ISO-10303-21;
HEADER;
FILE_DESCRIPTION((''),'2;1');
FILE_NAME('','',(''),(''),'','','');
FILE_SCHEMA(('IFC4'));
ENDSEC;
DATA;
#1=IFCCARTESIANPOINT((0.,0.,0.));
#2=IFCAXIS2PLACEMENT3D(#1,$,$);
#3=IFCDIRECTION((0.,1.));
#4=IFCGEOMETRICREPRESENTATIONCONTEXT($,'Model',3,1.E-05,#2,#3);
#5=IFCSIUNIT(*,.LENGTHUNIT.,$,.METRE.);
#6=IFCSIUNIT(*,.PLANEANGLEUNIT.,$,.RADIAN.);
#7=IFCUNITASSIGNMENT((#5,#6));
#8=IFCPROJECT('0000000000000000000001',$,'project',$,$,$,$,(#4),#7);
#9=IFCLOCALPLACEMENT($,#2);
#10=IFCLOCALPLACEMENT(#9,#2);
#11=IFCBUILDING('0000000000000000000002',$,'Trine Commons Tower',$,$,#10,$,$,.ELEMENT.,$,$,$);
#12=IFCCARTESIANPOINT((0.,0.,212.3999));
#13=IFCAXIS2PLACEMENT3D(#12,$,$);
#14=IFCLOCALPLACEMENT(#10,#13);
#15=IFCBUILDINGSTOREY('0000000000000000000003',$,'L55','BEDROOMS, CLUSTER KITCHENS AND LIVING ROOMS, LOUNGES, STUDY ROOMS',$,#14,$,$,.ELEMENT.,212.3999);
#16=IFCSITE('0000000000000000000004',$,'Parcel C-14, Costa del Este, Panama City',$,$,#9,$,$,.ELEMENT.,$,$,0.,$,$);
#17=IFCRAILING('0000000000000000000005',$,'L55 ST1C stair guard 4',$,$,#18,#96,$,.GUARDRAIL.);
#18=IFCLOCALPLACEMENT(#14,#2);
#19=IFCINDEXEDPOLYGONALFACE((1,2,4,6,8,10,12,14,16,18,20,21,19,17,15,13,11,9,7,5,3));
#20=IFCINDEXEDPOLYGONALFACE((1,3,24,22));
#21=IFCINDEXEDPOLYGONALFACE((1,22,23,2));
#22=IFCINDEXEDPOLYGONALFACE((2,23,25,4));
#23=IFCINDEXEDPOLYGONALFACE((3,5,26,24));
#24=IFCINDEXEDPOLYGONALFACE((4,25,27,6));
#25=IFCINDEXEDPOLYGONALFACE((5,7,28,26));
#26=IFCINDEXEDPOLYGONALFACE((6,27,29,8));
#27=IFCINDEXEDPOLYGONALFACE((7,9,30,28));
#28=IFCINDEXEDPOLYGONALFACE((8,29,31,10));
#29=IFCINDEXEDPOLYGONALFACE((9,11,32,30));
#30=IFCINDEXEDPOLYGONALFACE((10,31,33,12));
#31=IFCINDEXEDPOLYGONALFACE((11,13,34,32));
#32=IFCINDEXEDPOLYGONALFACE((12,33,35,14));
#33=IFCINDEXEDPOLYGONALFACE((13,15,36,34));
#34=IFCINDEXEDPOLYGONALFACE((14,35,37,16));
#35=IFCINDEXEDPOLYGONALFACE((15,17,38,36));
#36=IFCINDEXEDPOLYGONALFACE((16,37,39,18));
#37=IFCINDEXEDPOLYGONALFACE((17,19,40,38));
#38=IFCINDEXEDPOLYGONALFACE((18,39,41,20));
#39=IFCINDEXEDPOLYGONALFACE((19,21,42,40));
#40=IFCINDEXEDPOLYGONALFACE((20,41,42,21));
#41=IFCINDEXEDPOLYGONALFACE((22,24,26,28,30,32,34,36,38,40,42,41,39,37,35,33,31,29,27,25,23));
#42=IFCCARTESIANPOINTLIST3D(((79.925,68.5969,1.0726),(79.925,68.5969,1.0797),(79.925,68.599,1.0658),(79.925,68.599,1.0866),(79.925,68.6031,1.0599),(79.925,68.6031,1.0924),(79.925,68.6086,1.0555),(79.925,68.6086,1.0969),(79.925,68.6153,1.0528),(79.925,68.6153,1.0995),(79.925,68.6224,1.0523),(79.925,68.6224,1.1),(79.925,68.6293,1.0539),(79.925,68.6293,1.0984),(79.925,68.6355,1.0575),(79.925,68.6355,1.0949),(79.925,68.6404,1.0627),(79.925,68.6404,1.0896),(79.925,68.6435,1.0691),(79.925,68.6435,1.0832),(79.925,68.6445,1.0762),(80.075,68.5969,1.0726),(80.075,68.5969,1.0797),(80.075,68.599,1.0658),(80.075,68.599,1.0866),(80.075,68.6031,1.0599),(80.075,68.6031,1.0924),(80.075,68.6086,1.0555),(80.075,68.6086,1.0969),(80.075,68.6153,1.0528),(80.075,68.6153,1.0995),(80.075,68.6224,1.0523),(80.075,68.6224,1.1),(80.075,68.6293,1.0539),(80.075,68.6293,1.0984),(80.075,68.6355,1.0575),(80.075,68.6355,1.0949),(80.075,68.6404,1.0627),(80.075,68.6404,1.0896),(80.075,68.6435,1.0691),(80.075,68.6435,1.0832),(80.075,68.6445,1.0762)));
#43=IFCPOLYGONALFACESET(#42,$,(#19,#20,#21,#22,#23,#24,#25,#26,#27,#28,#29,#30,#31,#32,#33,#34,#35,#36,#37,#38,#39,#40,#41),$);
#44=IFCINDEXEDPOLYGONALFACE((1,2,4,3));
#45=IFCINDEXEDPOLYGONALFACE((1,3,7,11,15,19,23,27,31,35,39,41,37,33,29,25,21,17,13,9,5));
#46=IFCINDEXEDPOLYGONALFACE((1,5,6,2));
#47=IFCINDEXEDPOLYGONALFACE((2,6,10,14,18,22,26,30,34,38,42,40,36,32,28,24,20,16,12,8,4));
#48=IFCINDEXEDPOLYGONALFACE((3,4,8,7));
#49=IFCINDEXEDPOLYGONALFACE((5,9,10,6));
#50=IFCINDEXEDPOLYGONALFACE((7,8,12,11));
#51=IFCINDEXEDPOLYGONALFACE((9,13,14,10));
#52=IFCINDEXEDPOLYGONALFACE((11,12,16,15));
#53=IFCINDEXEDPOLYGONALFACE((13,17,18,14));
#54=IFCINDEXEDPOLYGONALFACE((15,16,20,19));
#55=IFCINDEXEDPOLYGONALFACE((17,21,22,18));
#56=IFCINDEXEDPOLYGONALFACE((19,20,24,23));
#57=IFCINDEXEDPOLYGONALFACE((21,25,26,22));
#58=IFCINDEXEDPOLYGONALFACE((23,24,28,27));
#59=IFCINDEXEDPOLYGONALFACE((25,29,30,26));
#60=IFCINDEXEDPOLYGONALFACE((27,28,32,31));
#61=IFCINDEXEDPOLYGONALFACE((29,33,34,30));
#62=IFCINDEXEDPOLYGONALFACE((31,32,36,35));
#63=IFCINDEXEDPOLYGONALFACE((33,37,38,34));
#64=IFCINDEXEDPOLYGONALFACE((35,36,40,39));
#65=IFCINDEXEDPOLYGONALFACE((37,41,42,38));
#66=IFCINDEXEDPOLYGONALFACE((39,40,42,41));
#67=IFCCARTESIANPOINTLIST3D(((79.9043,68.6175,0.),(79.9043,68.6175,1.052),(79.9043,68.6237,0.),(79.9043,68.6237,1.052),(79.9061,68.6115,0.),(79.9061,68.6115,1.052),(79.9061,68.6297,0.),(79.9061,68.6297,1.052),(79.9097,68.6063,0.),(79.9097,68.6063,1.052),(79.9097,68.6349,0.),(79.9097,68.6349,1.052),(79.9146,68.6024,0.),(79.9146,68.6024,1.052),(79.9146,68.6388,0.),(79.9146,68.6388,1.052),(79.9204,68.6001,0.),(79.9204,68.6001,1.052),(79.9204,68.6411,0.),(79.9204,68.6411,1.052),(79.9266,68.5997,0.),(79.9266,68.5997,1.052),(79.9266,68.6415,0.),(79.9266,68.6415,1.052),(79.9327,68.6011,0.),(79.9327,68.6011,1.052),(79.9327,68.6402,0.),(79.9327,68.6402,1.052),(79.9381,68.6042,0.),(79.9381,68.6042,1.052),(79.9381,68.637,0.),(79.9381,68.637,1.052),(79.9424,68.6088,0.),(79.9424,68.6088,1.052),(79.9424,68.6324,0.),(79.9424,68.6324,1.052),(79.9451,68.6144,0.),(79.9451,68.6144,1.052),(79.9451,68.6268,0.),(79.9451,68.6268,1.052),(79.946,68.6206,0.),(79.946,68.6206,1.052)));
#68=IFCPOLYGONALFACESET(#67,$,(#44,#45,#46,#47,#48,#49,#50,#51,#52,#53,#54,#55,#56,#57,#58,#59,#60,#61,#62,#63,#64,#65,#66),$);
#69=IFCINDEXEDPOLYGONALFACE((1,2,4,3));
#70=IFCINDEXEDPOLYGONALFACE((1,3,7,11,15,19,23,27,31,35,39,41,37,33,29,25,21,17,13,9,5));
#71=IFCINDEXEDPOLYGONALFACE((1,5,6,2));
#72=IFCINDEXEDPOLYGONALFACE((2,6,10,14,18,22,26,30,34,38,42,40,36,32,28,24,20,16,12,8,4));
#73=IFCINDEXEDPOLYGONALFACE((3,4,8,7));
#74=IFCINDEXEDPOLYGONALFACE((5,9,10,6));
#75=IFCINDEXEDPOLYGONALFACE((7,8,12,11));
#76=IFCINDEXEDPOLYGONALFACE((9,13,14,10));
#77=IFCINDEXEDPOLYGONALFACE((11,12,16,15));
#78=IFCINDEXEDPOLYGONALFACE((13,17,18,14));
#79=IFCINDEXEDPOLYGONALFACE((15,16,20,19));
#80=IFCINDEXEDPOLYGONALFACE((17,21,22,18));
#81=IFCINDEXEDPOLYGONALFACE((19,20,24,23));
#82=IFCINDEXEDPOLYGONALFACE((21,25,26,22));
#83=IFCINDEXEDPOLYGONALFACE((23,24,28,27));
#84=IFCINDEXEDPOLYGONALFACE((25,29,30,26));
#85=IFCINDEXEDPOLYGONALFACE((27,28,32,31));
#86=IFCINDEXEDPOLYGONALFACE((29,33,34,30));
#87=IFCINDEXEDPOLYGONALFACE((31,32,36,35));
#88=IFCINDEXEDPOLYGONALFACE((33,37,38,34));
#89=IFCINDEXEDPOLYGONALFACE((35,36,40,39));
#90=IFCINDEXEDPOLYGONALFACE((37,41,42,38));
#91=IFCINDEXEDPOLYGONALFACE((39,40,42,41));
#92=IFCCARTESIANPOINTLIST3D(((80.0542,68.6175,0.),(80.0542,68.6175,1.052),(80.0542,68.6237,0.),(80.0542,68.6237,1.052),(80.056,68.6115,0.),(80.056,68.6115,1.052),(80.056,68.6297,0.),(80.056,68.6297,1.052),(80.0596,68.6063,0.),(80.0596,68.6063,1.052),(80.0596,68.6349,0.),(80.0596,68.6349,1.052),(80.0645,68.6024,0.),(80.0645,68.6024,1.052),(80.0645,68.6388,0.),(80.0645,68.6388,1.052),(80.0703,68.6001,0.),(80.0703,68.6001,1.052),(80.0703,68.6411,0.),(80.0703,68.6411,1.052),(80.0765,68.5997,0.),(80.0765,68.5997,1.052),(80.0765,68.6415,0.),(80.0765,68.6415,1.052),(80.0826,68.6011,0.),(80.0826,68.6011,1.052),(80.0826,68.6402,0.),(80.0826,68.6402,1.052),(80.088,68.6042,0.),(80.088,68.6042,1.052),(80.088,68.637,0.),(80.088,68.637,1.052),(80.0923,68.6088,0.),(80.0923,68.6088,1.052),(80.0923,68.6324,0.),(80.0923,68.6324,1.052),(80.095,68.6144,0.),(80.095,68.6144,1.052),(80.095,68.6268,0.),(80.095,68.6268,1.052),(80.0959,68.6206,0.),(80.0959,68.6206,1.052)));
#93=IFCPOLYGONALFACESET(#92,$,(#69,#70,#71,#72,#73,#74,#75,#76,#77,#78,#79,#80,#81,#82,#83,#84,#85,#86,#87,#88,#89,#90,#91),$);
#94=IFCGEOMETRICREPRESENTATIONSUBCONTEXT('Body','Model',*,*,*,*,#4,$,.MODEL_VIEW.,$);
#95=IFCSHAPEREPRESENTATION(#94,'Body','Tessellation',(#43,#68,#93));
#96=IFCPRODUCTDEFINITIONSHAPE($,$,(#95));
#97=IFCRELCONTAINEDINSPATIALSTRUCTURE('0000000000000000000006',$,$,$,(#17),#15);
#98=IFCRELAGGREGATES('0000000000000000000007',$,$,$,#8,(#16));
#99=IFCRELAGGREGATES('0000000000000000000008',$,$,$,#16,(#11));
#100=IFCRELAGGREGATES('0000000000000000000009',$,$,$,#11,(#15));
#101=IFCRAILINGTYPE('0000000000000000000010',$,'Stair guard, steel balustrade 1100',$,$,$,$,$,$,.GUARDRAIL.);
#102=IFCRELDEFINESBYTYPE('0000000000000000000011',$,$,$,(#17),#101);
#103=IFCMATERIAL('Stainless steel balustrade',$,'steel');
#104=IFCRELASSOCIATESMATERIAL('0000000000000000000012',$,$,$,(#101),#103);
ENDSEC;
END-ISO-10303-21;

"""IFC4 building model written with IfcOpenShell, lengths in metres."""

from ifc_helpers import new_model, si_unit, direction, frame, origin, origin_2d, place, context, subcontext, project, spatial, circle, extrude, material, type_object, element, save


model = new_model("IFC4")

# Units and contexts
model_context = context("Model", 3, precision=1e-05, world=origin(), true_north=direction((0.0, 1.0)))
body_context = subcontext(model_context, "Body", "Model", "MODEL_VIEW")
ifc_project = project(units=[si_unit("LENGTHUNIT", "METRE"), si_unit("PLANEANGLEUNIT", "RADIAN")], contexts=[model_context])

# Site, building, storey
site_placement = place(None, origin())
site = spatial("IfcSite", under=ifc_project, at=site_placement, Name="Parcel C-14, Costa del Este, Panama City", CompositionType="ELEMENT", RefElevation=0.0)
building_placement = place(site_placement, origin())
building = spatial("IfcBuilding", under=site, at=building_placement, Name="Trine Commons Tower", CompositionType="ELEMENT")
storey_placement = place(building_placement, frame((0.0, 0.0, 212.3999)))
storey = spatial("IfcBuildingStorey", under=building, at=storey_placement, Name="L55", Description="BEDROOMS, CLUSTER KITCHENS AND LIVING ROOMS, LOUNGES, STUDY ROOMS", CompositionType="ELEMENT", Elevation=212.3999)

# Railing
ifc_material_1 = material(Name="Stainless steel balustrade", Category="steel")
railing_type_1 = type_object("IfcRailingType", Name="Stair guard, steel balustrade 1100", PredefinedType="GUARDRAIL", material=ifc_material_1)
railing_1_placement = place(storey_placement, frame((79.925, 68.6206, 0.0)))
element("IfcRailing", 1, at=railing_1_placement, inside=storey, type_object=railing_type_1, Name="L55 ST1C stair guard 4", PredefinedType="GUARDRAIL", context=body_context, shape_type="SweptSolid", body=[
    extrude(circle(Radius=0.0239, at=origin_2d()), frame((0.0, 0.0, 1.0762), z_axis=(1.0, 0.0, 0.0), x_axis=(0.0, 1.0, 0.0)), (0.0, 0.0, 1.0), 0.1499),
    extrude(circle(Radius=0.021, at=origin_2d()), origin(), (0.0, 0.0, 1.0), 1.052),
    extrude(circle(Radius=0.021, at=origin_2d()), frame((0.1499, 0.0, 0.0)), (0.0, 0.0, 1.0), 1.052),
])

save(model, "model.ifc")
